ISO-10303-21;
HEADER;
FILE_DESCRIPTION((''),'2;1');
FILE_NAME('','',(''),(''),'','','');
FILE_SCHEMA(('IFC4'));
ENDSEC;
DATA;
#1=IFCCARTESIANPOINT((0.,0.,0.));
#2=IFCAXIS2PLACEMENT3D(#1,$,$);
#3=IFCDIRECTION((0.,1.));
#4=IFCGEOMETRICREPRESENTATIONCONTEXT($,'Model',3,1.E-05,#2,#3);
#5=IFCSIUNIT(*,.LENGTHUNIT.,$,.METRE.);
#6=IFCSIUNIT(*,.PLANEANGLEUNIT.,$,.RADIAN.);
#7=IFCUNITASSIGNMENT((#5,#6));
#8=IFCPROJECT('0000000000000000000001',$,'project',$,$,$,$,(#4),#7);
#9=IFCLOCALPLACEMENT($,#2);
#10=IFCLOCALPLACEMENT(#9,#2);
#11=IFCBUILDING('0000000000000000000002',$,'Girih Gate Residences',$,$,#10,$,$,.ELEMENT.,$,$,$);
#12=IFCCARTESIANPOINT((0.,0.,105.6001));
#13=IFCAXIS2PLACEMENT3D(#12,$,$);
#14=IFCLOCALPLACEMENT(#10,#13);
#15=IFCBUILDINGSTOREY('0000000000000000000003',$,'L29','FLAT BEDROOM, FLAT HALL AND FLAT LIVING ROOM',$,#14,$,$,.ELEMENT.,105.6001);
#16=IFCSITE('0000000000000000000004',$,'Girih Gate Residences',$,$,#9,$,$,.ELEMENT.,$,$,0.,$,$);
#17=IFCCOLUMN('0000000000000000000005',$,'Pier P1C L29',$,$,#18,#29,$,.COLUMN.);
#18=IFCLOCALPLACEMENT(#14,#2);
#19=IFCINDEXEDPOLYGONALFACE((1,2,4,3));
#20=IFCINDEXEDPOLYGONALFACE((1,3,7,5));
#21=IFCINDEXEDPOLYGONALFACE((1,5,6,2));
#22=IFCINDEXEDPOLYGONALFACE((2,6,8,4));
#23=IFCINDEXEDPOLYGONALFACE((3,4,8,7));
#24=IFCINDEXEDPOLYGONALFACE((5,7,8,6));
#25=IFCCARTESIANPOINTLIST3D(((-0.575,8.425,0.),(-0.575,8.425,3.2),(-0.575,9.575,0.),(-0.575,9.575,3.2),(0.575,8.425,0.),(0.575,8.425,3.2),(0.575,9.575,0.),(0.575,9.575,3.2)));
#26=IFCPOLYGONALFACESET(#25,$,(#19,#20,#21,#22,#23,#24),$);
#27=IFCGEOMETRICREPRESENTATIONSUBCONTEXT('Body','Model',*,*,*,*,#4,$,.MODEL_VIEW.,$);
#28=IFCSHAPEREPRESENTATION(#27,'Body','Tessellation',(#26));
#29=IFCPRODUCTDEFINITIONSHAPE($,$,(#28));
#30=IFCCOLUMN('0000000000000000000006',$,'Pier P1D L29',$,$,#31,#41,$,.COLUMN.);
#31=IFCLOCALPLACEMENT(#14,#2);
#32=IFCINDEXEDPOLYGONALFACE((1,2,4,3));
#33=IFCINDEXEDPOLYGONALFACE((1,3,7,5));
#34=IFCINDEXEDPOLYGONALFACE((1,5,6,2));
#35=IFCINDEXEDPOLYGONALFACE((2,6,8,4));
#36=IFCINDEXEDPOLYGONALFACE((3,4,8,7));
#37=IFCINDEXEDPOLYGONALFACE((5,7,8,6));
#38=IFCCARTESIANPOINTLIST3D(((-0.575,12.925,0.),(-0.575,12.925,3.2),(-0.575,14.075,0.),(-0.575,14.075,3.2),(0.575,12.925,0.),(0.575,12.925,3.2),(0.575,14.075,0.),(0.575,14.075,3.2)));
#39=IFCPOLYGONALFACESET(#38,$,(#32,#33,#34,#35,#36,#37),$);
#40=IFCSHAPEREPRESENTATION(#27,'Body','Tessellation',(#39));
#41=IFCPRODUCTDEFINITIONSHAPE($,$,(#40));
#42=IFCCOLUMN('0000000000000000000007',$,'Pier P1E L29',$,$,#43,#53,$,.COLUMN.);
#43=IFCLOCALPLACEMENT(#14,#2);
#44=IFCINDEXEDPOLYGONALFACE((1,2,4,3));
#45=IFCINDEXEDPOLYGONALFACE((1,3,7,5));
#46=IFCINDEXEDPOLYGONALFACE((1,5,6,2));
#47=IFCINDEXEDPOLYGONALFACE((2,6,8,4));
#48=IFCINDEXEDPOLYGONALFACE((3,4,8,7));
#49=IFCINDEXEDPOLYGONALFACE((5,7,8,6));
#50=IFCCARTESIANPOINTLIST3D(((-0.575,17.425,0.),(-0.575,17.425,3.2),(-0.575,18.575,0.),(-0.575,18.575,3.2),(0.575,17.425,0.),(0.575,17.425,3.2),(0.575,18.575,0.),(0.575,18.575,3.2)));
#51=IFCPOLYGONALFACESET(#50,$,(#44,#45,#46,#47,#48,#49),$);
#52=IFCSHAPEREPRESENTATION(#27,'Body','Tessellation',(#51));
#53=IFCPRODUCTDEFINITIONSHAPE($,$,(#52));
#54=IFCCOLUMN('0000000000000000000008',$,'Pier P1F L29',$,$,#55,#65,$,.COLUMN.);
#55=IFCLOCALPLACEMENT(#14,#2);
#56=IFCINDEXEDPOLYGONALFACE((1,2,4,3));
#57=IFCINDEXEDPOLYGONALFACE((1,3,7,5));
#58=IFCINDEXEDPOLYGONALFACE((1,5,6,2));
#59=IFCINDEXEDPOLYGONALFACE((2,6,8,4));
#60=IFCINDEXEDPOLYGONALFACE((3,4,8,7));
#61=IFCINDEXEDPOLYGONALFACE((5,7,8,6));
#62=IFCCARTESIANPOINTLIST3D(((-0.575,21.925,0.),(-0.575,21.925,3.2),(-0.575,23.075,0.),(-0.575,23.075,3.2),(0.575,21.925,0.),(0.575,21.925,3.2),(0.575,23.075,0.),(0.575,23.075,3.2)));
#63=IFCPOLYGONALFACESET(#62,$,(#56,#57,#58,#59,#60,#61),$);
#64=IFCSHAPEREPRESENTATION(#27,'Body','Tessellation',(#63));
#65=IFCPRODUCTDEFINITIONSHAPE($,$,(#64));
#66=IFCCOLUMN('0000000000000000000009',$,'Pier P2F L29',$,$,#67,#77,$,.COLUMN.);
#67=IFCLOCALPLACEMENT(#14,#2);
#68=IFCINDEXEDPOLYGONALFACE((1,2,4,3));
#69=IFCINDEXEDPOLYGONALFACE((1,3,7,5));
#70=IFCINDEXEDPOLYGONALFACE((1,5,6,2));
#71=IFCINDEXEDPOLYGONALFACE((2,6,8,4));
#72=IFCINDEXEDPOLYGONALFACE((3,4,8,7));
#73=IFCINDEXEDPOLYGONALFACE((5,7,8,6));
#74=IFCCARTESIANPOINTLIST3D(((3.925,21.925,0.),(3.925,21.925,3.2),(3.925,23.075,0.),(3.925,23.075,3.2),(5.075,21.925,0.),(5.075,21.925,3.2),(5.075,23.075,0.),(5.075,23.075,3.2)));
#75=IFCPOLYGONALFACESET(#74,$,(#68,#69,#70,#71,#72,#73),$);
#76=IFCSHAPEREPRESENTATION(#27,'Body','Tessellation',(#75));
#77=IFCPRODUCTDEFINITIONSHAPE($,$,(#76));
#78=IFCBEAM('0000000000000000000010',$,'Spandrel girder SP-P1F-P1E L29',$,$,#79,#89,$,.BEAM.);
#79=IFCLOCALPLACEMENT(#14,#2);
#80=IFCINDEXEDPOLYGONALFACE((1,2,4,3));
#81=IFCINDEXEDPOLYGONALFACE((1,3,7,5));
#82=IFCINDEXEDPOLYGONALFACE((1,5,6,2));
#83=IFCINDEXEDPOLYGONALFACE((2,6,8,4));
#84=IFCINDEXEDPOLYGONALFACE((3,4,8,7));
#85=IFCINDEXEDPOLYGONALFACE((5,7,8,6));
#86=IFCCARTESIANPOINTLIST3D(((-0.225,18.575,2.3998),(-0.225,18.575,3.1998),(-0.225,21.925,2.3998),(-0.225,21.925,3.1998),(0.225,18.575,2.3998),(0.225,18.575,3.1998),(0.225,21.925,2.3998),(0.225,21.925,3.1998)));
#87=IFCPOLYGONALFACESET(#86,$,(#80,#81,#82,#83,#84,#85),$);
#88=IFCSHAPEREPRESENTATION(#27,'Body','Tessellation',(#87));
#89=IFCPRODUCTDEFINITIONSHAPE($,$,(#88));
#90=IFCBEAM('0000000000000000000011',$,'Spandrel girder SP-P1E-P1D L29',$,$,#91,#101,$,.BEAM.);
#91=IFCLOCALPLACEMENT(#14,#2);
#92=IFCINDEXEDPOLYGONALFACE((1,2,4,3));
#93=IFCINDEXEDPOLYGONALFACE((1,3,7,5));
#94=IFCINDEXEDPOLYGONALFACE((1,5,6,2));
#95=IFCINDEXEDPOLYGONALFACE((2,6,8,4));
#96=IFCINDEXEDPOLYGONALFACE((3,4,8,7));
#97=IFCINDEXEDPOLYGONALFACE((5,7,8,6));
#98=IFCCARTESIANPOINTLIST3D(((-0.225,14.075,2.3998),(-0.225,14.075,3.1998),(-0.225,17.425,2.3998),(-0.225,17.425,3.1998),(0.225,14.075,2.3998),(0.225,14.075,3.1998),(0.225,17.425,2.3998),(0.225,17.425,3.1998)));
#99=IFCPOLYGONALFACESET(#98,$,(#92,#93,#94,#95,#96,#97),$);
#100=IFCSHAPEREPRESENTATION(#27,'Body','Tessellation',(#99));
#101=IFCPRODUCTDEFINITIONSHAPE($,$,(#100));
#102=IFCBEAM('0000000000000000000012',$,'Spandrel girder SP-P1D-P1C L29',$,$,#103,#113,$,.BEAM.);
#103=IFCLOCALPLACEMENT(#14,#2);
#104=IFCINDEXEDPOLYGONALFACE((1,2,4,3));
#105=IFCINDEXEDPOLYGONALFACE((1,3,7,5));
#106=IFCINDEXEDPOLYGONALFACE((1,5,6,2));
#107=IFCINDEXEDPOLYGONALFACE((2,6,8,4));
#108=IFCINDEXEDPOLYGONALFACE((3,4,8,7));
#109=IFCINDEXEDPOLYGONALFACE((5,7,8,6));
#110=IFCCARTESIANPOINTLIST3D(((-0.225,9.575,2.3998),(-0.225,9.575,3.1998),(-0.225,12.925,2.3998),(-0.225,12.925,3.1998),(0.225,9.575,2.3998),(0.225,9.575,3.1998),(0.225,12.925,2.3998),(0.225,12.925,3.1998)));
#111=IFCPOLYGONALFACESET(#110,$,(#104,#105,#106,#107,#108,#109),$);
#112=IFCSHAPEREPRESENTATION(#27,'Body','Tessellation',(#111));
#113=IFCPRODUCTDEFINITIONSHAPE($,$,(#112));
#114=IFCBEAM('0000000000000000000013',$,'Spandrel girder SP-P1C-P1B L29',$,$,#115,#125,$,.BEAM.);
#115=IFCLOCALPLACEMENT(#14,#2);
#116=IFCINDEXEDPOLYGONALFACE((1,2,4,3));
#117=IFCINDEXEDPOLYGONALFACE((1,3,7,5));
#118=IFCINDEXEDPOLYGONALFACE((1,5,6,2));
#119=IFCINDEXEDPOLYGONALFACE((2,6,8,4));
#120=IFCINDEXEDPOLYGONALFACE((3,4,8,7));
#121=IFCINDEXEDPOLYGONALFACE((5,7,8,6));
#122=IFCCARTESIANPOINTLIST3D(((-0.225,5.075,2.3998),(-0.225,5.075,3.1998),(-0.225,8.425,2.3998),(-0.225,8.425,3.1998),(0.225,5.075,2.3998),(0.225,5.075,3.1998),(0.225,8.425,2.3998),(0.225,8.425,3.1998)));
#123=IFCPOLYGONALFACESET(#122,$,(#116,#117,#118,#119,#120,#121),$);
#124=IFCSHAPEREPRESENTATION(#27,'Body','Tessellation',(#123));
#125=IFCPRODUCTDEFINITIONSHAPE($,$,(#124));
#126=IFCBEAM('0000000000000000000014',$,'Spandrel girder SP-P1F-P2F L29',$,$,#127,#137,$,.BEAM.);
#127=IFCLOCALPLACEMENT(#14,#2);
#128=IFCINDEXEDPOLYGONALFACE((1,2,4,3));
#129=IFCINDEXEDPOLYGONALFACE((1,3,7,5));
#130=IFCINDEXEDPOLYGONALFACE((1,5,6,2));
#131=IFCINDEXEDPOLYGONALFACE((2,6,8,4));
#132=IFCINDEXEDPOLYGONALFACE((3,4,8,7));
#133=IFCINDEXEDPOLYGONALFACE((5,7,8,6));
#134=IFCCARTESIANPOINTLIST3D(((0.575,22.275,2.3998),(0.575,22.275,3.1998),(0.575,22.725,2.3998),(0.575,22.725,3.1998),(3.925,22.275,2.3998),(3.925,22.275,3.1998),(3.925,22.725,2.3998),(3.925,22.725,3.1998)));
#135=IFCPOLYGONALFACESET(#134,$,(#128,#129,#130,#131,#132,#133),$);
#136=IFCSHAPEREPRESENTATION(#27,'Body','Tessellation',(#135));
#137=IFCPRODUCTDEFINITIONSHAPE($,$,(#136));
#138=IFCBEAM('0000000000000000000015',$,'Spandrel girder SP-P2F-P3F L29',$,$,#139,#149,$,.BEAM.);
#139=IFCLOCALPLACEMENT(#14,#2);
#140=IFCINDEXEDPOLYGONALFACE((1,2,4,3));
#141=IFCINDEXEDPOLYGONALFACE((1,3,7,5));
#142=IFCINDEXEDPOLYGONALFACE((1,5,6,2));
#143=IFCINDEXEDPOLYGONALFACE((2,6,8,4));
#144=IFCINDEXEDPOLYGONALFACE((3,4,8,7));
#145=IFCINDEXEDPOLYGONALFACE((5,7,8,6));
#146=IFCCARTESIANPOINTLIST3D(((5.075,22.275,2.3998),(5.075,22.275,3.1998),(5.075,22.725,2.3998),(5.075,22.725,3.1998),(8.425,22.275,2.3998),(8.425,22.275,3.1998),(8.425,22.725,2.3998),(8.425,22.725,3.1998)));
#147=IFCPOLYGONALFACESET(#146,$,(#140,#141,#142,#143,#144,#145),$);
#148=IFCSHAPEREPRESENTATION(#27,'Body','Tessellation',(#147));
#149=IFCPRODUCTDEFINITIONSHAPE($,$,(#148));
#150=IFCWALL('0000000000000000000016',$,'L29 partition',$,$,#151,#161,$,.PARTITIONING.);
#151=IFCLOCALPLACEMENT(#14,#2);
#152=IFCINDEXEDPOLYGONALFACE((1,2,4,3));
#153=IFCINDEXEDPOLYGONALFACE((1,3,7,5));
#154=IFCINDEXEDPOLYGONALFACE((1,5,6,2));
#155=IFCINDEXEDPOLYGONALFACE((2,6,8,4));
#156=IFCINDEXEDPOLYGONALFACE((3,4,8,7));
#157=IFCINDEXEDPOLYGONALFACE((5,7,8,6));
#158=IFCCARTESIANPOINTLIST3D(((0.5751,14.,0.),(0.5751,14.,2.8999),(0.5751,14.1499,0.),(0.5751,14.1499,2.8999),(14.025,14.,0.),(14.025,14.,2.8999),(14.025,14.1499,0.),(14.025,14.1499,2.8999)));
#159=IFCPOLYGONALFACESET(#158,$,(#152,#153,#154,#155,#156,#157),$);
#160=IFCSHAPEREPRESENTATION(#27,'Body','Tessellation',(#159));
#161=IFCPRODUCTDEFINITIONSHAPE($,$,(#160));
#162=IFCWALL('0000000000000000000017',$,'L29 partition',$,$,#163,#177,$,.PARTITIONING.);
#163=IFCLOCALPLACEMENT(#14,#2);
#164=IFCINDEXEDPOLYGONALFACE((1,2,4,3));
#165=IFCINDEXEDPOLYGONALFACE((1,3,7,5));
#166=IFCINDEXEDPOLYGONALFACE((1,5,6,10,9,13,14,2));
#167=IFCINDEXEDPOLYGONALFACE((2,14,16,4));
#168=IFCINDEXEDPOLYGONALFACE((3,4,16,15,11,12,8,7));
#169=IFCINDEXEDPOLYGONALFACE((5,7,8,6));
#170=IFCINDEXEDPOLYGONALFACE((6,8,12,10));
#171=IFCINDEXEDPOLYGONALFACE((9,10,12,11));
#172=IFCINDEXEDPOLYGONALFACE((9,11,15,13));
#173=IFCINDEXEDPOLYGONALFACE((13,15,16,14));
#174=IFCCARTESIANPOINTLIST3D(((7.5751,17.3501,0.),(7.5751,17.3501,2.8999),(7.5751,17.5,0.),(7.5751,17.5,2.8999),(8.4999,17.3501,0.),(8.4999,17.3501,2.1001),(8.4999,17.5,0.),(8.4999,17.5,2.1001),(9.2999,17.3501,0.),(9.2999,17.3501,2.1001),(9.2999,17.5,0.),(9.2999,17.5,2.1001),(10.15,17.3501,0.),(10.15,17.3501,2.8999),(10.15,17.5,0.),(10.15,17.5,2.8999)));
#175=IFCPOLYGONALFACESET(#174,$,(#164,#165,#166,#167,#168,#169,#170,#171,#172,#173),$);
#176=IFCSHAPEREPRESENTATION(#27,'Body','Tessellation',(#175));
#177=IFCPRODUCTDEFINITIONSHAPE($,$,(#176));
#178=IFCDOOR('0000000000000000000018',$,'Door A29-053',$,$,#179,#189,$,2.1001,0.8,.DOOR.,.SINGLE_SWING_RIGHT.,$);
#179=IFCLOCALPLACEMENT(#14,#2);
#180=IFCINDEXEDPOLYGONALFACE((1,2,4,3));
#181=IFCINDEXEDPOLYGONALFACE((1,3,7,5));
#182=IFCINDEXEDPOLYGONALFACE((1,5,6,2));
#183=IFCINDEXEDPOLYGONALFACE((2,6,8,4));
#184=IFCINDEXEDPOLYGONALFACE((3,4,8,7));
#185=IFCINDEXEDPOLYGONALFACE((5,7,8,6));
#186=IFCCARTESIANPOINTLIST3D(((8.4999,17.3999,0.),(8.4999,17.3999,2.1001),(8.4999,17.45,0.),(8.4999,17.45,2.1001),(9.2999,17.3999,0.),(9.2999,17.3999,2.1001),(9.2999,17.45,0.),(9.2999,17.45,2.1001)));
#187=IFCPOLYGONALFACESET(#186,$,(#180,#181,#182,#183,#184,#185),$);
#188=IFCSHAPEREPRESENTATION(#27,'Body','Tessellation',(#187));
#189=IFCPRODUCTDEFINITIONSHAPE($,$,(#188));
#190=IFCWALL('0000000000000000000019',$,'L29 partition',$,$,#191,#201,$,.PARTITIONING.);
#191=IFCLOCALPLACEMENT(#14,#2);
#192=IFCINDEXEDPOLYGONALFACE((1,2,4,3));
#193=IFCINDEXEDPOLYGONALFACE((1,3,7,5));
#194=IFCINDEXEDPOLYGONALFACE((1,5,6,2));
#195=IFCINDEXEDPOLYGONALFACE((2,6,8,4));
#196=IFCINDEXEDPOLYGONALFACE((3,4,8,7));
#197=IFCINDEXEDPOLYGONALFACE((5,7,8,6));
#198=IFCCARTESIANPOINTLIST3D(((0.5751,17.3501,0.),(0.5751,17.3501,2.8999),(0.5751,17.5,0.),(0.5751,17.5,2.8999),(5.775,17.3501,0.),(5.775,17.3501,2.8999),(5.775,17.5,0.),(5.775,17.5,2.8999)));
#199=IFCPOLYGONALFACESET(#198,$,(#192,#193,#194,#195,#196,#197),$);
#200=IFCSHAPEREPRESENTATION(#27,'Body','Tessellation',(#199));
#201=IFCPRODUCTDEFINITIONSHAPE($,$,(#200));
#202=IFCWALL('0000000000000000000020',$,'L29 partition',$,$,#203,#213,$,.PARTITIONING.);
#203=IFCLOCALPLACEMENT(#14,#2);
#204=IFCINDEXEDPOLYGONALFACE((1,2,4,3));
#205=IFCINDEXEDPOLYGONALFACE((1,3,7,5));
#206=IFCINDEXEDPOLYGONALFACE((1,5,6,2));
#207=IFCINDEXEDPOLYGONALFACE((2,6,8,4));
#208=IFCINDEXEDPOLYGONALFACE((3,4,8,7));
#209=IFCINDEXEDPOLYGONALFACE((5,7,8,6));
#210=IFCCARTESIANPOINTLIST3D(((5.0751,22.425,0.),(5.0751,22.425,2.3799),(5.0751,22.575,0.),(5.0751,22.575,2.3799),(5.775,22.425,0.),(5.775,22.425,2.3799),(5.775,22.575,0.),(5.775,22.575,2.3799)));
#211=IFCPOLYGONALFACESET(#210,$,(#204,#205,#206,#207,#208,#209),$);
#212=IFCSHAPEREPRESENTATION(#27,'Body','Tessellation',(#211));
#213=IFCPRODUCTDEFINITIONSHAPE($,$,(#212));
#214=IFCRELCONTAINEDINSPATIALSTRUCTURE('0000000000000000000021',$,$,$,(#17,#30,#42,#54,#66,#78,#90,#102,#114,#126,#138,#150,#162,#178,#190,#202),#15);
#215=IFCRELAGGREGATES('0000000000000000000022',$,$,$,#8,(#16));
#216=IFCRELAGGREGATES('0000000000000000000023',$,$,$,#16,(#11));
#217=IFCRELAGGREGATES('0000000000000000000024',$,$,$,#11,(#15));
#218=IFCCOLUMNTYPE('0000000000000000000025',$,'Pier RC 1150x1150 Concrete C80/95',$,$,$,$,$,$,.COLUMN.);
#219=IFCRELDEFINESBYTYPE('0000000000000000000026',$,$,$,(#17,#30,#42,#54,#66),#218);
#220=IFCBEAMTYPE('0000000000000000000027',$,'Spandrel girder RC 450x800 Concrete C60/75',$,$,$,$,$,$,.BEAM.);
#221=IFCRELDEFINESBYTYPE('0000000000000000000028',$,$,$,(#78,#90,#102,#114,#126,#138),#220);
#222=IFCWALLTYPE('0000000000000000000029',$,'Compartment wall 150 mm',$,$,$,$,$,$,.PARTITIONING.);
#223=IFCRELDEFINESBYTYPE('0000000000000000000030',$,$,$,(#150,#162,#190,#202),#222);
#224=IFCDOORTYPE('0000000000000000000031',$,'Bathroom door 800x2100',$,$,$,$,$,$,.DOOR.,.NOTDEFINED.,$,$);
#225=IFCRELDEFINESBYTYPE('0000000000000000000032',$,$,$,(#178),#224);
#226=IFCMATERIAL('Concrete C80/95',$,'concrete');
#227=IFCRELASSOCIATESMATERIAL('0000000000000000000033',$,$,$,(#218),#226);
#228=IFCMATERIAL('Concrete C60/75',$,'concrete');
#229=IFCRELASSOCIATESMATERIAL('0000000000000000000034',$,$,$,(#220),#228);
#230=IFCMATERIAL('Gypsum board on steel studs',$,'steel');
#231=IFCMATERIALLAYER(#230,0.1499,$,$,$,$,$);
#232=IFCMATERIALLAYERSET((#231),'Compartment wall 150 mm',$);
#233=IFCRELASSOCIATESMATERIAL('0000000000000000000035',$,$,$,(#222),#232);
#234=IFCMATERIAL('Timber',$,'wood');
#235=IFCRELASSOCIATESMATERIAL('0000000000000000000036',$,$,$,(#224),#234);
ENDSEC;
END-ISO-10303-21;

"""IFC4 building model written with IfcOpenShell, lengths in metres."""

from ifc_helpers import new_model, si_unit, direction, frame, frame_2d, origin, origin_2d, place, context, subcontext, project, spatial, rectangle, extrude, material, layer, layer_set, material_profile, profile_set, type_object, element, fill, save


model = new_model("IFC4")

# Units and contexts
model_context = context("Model", 3, precision=1e-05, world=origin(), true_north=direction((0.0, 1.0)))
body_context = subcontext(model_context, "Body", "Model", "MODEL_VIEW")
ifc_project = project(units=[si_unit("LENGTHUNIT", "METRE"), si_unit("PLANEANGLEUNIT", "RADIAN")], contexts=[model_context])

# Site, building, storey
site_placement = place(None, origin())
site = spatial("IfcSite", under=ifc_project, at=site_placement, Name="Girih Gate Residences", CompositionType="ELEMENT", RefElevation=0.0)
building_placement = place(site_placement, origin())
building = spatial("IfcBuilding", under=site, at=building_placement, Name="Girih Gate Residences", CompositionType="ELEMENT")
storey_placement = place(building_placement, frame((0.0, 0.0, 105.6001)))
storey = spatial("IfcBuildingStorey", under=building, at=storey_placement, Name="L29", Description="FLAT BEDROOM, FLAT HALL AND FLAT LIVING ROOM", CompositionType="ELEMENT", Elevation=105.6001)

# Columns
ifc_material_1 = material(Name="Concrete C80/95", Category="concrete")
ifc_material_profile_1 = material_profile(ifc_material_1, rectangle(XDim=1.1499, YDim=1.1499, at=origin_2d()))
ifc_profile_set_1 = profile_set([ifc_material_profile_1], Name="Concrete C80/95")
column_type = type_object("IfcColumnType", Name="Pier RC 1150x1150 Concrete C80/95", PredefinedType="COLUMN", material=ifc_profile_set_1)
for number, where, z_axis, x_axis, name in (
    (1, (0.0, 9.0, 0.0), (0.0, 0.0, 1.0), (1.0, 0.0, 0.0), "Pier P1C L29"),
    (2, (0.0, 13.5, 0.0), (0.0, 0.0, 1.0), (1.0, 0.0, 0.0), "Pier P1D L29"),
    (3, (0.0, 18.0, 0.0), (0.0, 0.0, 1.0), (1.0, 0.0, 0.0), "Pier P1E L29"),
    (4, (0.0, 22.5, 0.0), (0.0, 0.0, 1.0), (1.0, 0.0, 0.0), "Pier P1F L29"),
    (5, (4.5, 22.5, 0.0), (0.0, 0.0, 1.0), (1.0, 0.0, 0.0), "Pier P2F L29"),
):
    element("IfcColumn", number, at=place(storey_placement, frame(where, z_axis=z_axis, x_axis=x_axis)), inside=storey, type_object=column_type, Name=name, PredefinedType="COLUMN", context=body_context, shape_type="SweptSolid", body=[
        extrude(rectangle(XDim=1.1499, YDim=1.1499, at=origin_2d()), origin(), (0.0, 0.0, 1.0), 3.2),
    ])

# Beams
ifc_material_2 = material(Name="Concrete C60/75", Category="concrete")
ifc_material_profile_2 = material_profile(ifc_material_2, rectangle(XDim=0.45, YDim=0.8, at=origin_2d()))
ifc_profile_set_2 = profile_set([ifc_material_profile_2], Name="Concrete C60/75")
beam_type = type_object("IfcBeamType", Name="Spandrel girder RC 450x800 Concrete C60/75", PredefinedType="BEAM", material=ifc_profile_set_2)
for number, where, z_axis, x_axis, name in (
    (6, (0.0, 21.925, 2.7998), (0.0, -1.0, 0.0), (1.0, 0.0, 0.0), "Spandrel girder SP-P1F-P1E L29"),
    (7, (0.0, 17.425, 2.7998), (0.0, -1.0, 0.0), (1.0, 0.0, 0.0), "Spandrel girder SP-P1E-P1D L29"),
    (8, (0.0, 12.925, 2.7998), (0.0, -1.0, 0.0), (1.0, 0.0, 0.0), "Spandrel girder SP-P1D-P1C L29"),
    (9, (0.0, 8.425, 2.7998), (0.0, -1.0, 0.0), (1.0, 0.0, 0.0), "Spandrel girder SP-P1C-P1B L29"),
    (10, (0.575, 22.5, 2.7998), (1.0, 0.0, 0.0), (0.0, 1.0, 0.0), "Spandrel girder SP-P1F-P2F L29"),
    (11, (5.075, 22.5, 2.7998), (1.0, 0.0, 0.0), (0.0, 1.0, 0.0), "Spandrel girder SP-P2F-P3F L29"),
):
    element("IfcBeam", number, at=place(storey_placement, frame(where, z_axis=z_axis, x_axis=x_axis)), inside=storey, type_object=beam_type, Name=name, PredefinedType="BEAM", context=body_context, shape_type="SweptSolid", body=[
        extrude(rectangle(XDim=0.45, YDim=0.8, at=origin_2d()), origin(), (0.0, 0.0, 1.0), 3.3501),
    ])

# Wall
ifc_material_3 = material(Name="Gypsum board on steel studs", Category="steel")
ifc_layer_1 = layer(ifc_material_3, 0.1499)
ifc_layer_set_1 = layer_set([ifc_layer_1], Name="Compartment wall 150 mm")
wall_type_1 = type_object("IfcWallType", Name="Compartment wall 150 mm", PredefinedType="PARTITIONING", material=ifc_layer_set_1)
wall_1_placement = place(storey_placement, frame((0.575, 14.075, 0.0), z_axis=(0.0, 0.0, 1.0), x_axis=(1.0, 0.0, 0.0)))
element("IfcWall", 12, at=wall_1_placement, inside=storey, type_object=wall_type_1, Name="L29 partition", PredefinedType="PARTITIONING", context=body_context, shape_type="SweptSolid", body=[
    extrude(rectangle(XDim=13.45, YDim=0.1499, at=frame_2d((6.7251, 0.0))), origin(), (0.0, 0.0, 1.0), 2.8999),
])

# Wall, opening, door
wall_2_placement = place(storey_placement, frame((7.575, 17.425, 0.0), z_axis=(0.0, 0.0, 1.0), x_axis=(1.0, 0.0, 0.0)))
wall_2 = element("IfcWall", 13, at=wall_2_placement, inside=storey, type_object=wall_type_1, Name="L29 partition", PredefinedType="PARTITIONING", context=body_context, shape_type="SweptSolid", body=[
    extrude(rectangle(XDim=2.575, YDim=0.1499, at=frame_2d((1.2876, 0.0))), origin(), (0.0, 0.0, 1.0), 2.8999),
])
opening_1_placement = place(wall_2_placement, frame((0.925, 0.0, 0.0)))
opening_1 = element("IfcOpeningElement", 14, at=opening_1_placement, cuts=wall_2, PredefinedType="OPENING", context=body_context, shape_type="SweptSolid", body=[
    extrude(rectangle(XDim=0.8, YDim=2.1001, at=frame_2d((0.3999, 1.05))), frame((0.0, 0.085, 0.0), z_axis=(0.0, -1.0, 0.0), x_axis=(1.0, 0.0, 0.0)), (0.0, 0.0, 1.0), 0.1699),
])
ifc_material_4 = material(Name="Timber", Category="wood")
door_type_1 = type_object("IfcDoorType", Name="Bathroom door 800x2100", OperationType="NOTDEFINED", PredefinedType="DOOR", material=ifc_material_4)
door_1_placement = place(opening_1_placement, origin())
door_1 = element("IfcDoor", 15, at=door_1_placement, inside=storey, type_object=door_type_1, Name="Door A29-053", OperationType="SINGLE_SWING_RIGHT", OverallHeight=2.1001, OverallWidth=0.8, PredefinedType="DOOR", context=body_context, shape_type="SweptSolid", body=[
    extrude(rectangle(XDim=0.8, YDim=2.1001, at=frame_2d((0.3999, 1.05))), frame((0.0, 0.0249, 0.0), z_axis=(0.0, -1.0, 0.0), x_axis=(1.0, 0.0, 0.0)), (0.0, 0.0, 1.0), 0.05),
])
fill(opening_1, door_1)

# Walls
wall_3_placement = place(storey_placement, frame((0.575, 17.425, 0.0), z_axis=(0.0, 0.0, 1.0), x_axis=(1.0, 0.0, 0.0)))
element("IfcWall", 16, at=wall_3_placement, inside=storey, type_object=wall_type_1, Name="L29 partition", PredefinedType="PARTITIONING", context=body_context, shape_type="SweptSolid", body=[
    extrude(rectangle(XDim=5.2, YDim=0.1499, at=frame_2d((2.6001, 0.0))), origin(), (0.0, 0.0, 1.0), 2.8999),
])
wall_4_placement = place(storey_placement, frame((5.075, 22.5, 0.0), z_axis=(0.0, 0.0, 1.0), x_axis=(1.0, 0.0, 0.0)))
element("IfcWall", 17, at=wall_4_placement, inside=storey, type_object=wall_type_1, Name="L29 partition", PredefinedType="PARTITIONING", context=body_context, shape_type="SweptSolid", body=[
    extrude(rectangle(XDim=0.7, YDim=0.1499, at=frame_2d((0.3501, 0.0))), origin(), (0.0, 0.0, 1.0), 2.3799),
])

save(model, "model.ifc")
